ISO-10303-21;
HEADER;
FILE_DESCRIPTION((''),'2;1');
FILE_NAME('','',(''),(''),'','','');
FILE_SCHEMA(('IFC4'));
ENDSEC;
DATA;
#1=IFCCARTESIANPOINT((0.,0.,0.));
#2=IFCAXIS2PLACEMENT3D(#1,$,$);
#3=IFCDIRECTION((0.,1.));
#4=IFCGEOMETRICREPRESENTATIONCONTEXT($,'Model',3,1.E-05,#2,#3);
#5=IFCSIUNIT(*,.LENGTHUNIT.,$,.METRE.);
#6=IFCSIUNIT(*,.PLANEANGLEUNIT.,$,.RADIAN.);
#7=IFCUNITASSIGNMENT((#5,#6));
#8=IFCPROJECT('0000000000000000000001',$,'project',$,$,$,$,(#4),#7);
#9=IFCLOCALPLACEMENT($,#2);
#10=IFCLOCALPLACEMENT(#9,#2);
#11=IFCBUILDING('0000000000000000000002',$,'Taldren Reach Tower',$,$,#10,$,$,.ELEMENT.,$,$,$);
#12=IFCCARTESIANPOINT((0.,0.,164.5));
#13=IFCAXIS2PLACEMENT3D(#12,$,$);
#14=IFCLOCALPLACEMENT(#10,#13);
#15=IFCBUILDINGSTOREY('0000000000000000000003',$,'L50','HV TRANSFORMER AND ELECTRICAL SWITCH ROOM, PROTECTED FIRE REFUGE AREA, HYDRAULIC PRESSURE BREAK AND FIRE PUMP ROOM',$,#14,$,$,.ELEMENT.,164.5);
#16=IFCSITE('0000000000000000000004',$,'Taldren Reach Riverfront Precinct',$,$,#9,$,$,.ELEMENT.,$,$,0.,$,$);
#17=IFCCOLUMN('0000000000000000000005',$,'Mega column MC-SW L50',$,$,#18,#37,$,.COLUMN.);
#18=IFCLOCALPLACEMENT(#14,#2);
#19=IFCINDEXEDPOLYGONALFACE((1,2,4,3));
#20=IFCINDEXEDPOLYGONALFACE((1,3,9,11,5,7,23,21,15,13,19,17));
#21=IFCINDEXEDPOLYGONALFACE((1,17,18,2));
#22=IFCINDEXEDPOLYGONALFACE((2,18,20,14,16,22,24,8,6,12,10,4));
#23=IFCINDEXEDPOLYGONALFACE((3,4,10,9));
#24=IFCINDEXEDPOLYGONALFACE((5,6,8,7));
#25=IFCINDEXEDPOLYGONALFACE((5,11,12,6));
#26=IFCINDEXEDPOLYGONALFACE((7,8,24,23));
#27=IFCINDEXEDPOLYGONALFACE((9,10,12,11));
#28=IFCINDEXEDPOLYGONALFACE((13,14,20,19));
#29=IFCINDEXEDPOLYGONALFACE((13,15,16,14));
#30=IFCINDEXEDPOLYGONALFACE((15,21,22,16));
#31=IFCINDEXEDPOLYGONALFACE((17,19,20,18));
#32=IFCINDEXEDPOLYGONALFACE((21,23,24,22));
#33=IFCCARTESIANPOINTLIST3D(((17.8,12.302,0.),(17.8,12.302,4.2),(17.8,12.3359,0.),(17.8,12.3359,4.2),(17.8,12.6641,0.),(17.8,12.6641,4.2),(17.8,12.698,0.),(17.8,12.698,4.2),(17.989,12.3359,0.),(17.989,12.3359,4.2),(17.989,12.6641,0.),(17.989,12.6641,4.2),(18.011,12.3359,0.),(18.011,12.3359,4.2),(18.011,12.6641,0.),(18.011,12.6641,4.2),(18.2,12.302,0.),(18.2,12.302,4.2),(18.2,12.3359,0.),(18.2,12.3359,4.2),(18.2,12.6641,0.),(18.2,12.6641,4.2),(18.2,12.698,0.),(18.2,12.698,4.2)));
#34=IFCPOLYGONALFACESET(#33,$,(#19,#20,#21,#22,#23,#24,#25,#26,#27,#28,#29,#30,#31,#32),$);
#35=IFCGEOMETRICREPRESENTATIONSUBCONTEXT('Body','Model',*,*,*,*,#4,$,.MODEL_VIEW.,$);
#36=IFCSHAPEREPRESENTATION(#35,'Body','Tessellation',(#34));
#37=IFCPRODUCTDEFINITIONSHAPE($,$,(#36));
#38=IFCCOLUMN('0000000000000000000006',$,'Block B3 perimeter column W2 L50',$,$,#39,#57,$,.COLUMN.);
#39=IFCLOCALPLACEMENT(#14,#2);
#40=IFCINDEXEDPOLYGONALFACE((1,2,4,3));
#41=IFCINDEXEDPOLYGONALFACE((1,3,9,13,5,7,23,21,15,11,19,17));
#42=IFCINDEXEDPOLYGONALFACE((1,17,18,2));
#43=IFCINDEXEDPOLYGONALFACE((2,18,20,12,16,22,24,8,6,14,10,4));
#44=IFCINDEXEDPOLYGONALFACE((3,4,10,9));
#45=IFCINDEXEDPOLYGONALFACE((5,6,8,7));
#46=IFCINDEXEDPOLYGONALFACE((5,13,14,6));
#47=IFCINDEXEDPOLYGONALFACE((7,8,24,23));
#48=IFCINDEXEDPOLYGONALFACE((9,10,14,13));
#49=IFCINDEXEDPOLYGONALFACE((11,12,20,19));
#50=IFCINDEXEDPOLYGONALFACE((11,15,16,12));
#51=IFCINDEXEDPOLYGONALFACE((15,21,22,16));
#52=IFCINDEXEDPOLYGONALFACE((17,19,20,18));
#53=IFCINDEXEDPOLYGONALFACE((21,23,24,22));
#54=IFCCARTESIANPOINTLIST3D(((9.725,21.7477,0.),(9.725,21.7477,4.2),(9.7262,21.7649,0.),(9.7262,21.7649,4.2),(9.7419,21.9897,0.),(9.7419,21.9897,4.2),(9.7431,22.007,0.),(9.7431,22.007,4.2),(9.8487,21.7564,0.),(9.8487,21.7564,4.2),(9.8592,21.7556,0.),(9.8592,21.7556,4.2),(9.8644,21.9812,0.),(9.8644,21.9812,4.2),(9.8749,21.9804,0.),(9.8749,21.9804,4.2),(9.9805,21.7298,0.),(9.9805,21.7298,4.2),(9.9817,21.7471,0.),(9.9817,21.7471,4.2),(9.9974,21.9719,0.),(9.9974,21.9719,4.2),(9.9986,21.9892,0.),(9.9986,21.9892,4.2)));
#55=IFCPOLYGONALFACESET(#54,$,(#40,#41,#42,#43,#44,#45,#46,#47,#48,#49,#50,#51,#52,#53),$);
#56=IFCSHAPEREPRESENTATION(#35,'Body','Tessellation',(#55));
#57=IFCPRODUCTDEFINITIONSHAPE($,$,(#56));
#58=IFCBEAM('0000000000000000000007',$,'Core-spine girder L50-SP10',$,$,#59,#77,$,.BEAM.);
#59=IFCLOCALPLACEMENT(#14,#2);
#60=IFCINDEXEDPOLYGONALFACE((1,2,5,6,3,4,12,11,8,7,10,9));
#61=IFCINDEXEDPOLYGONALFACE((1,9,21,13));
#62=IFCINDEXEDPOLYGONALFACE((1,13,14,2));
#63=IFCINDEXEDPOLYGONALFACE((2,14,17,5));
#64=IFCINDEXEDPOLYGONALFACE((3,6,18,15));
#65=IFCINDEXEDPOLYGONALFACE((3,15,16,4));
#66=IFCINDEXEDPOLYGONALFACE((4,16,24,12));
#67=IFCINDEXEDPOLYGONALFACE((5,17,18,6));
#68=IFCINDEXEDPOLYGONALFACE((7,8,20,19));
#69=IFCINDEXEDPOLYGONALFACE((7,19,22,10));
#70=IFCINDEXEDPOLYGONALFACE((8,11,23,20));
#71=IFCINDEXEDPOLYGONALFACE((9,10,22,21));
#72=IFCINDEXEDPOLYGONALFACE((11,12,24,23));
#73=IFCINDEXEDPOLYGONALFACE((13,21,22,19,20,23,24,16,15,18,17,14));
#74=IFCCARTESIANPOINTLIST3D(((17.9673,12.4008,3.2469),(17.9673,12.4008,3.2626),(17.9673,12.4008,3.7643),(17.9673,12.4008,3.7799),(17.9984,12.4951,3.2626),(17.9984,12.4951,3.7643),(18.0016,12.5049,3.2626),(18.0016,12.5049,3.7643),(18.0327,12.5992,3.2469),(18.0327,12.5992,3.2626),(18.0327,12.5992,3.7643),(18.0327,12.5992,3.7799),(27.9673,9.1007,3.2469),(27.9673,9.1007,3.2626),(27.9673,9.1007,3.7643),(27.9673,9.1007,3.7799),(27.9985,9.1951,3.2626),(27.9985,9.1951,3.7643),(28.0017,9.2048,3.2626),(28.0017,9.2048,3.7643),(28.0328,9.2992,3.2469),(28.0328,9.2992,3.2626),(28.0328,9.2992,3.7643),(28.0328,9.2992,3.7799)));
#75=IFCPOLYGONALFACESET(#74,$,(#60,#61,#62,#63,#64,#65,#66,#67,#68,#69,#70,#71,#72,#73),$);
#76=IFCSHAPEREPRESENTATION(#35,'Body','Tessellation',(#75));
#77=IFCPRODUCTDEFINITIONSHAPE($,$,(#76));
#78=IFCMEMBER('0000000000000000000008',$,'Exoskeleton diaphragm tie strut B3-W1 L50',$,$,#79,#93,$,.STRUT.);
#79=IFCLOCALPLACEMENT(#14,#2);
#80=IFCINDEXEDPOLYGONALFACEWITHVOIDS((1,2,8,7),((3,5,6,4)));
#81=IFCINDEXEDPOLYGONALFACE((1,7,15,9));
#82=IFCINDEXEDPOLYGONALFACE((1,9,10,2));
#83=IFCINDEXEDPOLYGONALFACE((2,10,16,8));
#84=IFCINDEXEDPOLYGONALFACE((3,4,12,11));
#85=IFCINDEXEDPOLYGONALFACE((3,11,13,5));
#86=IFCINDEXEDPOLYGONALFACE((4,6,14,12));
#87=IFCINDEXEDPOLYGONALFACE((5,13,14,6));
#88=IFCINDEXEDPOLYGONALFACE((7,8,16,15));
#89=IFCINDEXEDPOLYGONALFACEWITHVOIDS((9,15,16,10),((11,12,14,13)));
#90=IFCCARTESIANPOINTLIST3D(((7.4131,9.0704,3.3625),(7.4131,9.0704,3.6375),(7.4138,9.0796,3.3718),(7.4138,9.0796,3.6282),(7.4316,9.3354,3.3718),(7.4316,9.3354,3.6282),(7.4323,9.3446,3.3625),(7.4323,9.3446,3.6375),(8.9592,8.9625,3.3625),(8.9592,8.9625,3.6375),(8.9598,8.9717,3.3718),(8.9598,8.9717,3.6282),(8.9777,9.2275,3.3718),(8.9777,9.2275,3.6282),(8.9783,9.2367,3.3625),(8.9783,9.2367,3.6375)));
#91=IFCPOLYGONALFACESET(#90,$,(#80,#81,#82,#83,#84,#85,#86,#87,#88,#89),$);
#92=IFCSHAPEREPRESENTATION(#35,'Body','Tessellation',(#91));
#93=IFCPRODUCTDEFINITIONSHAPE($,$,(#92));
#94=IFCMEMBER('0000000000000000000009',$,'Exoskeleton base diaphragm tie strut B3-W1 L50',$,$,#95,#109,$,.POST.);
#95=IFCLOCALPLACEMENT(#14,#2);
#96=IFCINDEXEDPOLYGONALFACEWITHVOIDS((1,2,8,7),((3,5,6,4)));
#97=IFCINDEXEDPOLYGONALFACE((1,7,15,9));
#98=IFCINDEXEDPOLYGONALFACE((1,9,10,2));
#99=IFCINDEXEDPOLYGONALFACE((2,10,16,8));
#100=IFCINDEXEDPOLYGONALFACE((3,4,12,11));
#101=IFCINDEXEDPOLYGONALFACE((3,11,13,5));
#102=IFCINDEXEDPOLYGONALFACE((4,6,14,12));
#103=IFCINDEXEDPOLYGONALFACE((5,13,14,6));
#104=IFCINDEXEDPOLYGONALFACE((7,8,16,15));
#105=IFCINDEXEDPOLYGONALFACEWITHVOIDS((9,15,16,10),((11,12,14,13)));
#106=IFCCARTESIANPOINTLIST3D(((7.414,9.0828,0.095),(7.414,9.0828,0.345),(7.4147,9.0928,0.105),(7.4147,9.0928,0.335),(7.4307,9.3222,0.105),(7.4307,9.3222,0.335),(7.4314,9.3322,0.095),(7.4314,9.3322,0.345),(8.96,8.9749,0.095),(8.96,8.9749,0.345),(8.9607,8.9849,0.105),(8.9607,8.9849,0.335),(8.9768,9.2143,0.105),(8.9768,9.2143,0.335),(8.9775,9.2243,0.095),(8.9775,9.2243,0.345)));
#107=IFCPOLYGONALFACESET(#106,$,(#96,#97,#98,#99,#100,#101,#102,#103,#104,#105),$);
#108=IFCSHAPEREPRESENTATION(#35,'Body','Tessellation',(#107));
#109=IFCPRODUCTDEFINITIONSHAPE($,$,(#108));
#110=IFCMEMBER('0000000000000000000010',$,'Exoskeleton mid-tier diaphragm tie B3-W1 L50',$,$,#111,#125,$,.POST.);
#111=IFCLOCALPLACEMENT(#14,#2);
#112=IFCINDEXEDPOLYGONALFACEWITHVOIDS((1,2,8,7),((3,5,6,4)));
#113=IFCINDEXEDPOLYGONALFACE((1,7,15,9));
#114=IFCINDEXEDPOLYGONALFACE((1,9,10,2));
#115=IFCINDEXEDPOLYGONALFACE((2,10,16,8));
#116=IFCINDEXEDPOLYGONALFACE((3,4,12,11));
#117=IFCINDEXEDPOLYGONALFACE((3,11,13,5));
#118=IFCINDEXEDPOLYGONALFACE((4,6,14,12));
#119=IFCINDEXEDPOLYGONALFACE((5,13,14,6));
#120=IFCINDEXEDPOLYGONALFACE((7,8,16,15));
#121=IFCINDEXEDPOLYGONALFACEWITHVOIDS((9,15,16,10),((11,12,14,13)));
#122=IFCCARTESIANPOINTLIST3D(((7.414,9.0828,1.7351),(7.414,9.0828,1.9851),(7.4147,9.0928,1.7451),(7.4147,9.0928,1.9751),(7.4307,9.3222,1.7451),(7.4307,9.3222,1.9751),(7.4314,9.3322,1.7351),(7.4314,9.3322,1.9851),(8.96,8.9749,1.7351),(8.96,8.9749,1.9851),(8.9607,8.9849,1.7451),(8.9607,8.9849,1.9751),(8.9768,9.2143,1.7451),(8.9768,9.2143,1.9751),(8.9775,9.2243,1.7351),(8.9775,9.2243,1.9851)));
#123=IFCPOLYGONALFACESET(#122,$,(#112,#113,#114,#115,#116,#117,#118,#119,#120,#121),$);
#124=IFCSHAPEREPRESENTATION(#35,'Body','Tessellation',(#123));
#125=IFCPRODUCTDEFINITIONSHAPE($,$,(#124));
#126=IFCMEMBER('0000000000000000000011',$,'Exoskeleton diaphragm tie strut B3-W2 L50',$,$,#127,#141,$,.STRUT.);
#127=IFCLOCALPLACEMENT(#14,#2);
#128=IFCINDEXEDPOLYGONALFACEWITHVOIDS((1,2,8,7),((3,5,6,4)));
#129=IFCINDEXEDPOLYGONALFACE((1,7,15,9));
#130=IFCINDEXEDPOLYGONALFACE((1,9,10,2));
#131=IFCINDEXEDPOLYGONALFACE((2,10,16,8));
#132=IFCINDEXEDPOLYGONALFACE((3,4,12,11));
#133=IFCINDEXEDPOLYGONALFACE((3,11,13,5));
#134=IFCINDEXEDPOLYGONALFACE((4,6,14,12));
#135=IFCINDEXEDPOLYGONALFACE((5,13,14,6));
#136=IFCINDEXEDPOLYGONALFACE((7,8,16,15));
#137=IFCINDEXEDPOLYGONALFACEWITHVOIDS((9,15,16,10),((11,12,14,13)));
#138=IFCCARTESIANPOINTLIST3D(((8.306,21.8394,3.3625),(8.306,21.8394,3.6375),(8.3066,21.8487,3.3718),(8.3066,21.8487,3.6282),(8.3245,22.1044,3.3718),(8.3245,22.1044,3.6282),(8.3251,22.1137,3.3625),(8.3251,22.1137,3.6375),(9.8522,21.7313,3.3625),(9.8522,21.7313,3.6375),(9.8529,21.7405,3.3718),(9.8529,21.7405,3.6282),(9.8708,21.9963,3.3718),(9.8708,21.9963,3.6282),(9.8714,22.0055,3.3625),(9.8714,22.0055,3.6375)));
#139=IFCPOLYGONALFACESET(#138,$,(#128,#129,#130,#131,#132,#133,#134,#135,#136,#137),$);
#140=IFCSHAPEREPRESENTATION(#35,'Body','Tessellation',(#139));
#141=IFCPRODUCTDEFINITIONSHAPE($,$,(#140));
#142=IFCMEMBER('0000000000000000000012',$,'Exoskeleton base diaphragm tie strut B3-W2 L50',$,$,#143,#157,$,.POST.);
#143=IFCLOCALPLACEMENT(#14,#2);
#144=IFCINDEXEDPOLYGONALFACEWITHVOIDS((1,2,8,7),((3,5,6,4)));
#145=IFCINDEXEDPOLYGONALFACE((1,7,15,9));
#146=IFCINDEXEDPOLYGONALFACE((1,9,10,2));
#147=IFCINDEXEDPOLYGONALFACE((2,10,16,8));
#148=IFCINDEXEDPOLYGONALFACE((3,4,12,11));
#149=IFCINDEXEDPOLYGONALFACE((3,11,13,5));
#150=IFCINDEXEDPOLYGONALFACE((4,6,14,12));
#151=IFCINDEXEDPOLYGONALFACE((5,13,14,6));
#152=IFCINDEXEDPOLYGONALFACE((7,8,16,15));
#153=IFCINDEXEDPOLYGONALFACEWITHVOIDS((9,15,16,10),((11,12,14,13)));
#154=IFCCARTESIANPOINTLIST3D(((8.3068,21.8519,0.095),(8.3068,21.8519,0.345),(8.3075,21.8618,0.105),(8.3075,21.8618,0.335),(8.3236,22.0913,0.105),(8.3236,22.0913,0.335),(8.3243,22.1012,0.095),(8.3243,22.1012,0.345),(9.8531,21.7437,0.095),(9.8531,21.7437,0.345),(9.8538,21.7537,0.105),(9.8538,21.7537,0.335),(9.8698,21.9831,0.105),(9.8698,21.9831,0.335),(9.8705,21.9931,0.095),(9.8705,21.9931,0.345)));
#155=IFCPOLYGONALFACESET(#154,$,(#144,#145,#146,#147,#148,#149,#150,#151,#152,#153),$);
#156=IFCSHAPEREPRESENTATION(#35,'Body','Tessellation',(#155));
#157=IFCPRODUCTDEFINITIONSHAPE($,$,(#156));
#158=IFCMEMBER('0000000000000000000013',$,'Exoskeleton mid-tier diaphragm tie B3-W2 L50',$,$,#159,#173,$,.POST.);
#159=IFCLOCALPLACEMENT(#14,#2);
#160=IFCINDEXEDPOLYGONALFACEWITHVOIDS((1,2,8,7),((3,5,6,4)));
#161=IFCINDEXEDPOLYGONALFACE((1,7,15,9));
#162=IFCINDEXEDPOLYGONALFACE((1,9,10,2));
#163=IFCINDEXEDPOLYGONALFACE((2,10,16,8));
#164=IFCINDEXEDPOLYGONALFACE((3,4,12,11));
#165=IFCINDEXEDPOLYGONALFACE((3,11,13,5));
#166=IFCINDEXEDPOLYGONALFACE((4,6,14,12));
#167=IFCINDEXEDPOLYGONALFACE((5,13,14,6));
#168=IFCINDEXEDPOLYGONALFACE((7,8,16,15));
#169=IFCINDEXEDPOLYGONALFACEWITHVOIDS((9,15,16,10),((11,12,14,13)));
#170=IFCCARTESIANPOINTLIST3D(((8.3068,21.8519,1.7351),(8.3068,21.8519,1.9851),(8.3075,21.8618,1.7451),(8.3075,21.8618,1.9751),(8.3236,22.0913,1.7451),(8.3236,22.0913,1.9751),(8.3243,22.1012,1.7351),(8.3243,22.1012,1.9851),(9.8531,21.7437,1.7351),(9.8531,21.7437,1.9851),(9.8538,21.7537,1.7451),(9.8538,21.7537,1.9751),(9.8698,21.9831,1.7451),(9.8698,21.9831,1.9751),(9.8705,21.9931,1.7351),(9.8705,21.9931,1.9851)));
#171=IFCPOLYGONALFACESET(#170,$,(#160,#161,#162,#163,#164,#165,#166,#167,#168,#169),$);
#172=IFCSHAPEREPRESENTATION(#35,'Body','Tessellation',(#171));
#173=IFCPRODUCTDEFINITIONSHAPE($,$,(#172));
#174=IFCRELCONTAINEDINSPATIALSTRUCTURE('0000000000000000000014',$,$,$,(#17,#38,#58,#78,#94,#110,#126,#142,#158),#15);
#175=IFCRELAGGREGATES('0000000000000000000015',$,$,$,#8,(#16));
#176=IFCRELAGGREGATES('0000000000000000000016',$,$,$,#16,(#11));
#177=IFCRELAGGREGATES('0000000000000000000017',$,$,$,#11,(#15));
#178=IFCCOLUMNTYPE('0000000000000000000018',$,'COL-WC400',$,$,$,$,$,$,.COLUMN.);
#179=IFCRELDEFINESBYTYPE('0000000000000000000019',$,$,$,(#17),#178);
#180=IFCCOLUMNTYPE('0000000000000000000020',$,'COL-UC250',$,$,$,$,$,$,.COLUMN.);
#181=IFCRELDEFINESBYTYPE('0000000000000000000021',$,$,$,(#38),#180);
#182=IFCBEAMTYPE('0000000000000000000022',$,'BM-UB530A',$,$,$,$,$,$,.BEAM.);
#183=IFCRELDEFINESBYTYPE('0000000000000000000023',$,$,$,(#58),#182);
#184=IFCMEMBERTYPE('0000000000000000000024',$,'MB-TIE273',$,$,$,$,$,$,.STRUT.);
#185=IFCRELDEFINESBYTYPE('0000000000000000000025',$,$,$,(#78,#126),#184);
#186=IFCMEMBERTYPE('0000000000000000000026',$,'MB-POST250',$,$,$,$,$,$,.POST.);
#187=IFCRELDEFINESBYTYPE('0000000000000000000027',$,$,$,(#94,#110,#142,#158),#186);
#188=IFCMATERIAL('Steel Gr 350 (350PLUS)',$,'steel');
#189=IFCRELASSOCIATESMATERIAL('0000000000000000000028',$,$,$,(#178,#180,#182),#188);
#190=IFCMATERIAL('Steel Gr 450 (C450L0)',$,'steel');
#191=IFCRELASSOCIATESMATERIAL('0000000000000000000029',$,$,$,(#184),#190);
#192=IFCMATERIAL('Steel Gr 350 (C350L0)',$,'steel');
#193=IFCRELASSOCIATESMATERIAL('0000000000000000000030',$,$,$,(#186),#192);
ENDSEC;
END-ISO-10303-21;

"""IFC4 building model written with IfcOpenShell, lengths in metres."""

from ifc_helpers import new_model, si_unit, direction, frame, origin, origin_2d, place, context, subcontext, project, spatial, hollow_rectangle, i_section, extrude, source, transform, mapped, material, material_profile, profile_set, type_object, element, save


model = new_model("IFC4")

# Units and contexts
model_context = context("Model", 3, precision=1e-05, world=origin(), true_north=direction((0.0, 1.0)))
body_context = subcontext(model_context, "Body", "Model", "MODEL_VIEW")
ifc_project = project(units=[si_unit("LENGTHUNIT", "METRE"), si_unit("PLANEANGLEUNIT", "RADIAN")], contexts=[model_context])

# Site, building, storey
site_placement = place(None, origin())
site = spatial("IfcSite", under=ifc_project, at=site_placement, Name="Taldren Reach Riverfront Precinct", CompositionType="ELEMENT", RefElevation=0.0)
building_placement = place(site_placement, origin())
building = spatial("IfcBuilding", under=site, at=building_placement, Name="Taldren Reach Tower", CompositionType="ELEMENT")
storey_placement = place(building_placement, frame((0.0, 0.0, 164.5)))
storey = spatial("IfcBuildingStorey", under=building, at=storey_placement, Name="L50", Description="HV TRANSFORMER AND ELECTRICAL SWITCH ROOM, PROTECTED FIRE REFUGE AREA, HYDRAULIC PRESSURE BREAK AND FIRE PUMP ROOM", CompositionType="ELEMENT", Elevation=164.5)

# Columns
ifc_material_1 = material(Name="Steel Gr 350 (350PLUS)", Category="steel")
ifc_material_profile_1 = material_profile(ifc_material_1, i_section(OverallWidth=0.3999, OverallDepth=0.396, WebThickness=0.022, FlangeThickness=0.0339, at=origin_2d()), Name="400WC270")
ifc_profile_set_1 = profile_set([ifc_material_profile_1], Name="Steel Gr 350 (350PLUS)")
column_type_1 = type_object("IfcColumnType", Name="COL-WC400", PredefinedType="COLUMN", material=ifc_profile_set_1)
shared_shape_1 = source(origin(), body_context, "Body", "SweptSolid", [
    extrude(i_section(OverallWidth=0.3999, OverallDepth=0.396, WebThickness=0.022, FlangeThickness=0.0339, at=origin_2d()), origin(), (0.0, 0.0, 1.0), 4.2),
])
column_1_placement = place(storey_placement, frame((18.0, 12.5, 0.0), z_axis=(0.0, 0.0, 1.0), x_axis=(1.0, 0.0, 0.0)))
element("IfcColumn", 1, at=column_1_placement, inside=storey, type_object=column_type_1, Name="Mega column MC-SW L50", PredefinedType="COLUMN", context=body_context, shape_type="MappedRepresentation", body=[
    mapped(shared_shape_1, transform((0.0, 0.0, 0.0), scale=1.0)),
])
ifc_material_profile_2 = material_profile(ifc_material_1, i_section(OverallWidth=0.2561, OverallDepth=0.26, WebThickness=0.0105, FlangeThickness=0.0173, at=origin_2d()), Name="250UC89.5")
ifc_profile_set_2 = profile_set([ifc_material_profile_2], Name="Steel Gr 350 (350PLUS)")
column_type_2 = type_object("IfcColumnType", Name="COL-UC250", PredefinedType="COLUMN", material=ifc_profile_set_2)
shared_shape_2 = source(origin(), body_context, "Body", "SweptSolid", [
    extrude(i_section(OverallWidth=0.2561, OverallDepth=0.26, WebThickness=0.0105, FlangeThickness=0.0173, at=origin_2d()), origin(), (0.0, 0.0, 1.0), 4.2),
])
column_2_placement = place(storey_placement, frame((9.8618, 21.8684, 0.0), z_axis=(0.0, 0.0, 1.0), x_axis=(0.997564, -0.069756, 0.0)))
element("IfcColumn", 2, at=column_2_placement, inside=storey, type_object=column_type_2, Name="Block B3 perimeter column W2 L50", PredefinedType="COLUMN", context=body_context, shape_type="MappedRepresentation", body=[
    mapped(shared_shape_2, transform((0.0, 0.0, 0.0), scale=1.0)),
])

# Beam
ifc_material_profile_3 = material_profile(ifc_material_1, i_section(OverallWidth=0.209, OverallDepth=0.533, WebThickness=0.0103, FlangeThickness=0.0156, at=origin_2d()), Name="530UB92.4")
ifc_profile_set_3 = profile_set([ifc_material_profile_3], Name="Steel Gr 350 (350PLUS)")
beam_type_1 = type_object("IfcBeamType", Name="BM-UB530A", PredefinedType="BEAM", material=ifc_profile_set_3)
shared_shape_3 = source(origin(), body_context, "Body", "SweptSolid", [
    extrude(i_section(OverallWidth=0.209, OverallDepth=0.533, WebThickness=0.0103, FlangeThickness=0.0156, at=origin_2d()), origin(), (0.0, 0.0, 1.0), 10.5305),
])
beam_1_placement = place(storey_placement, frame((18.0, 12.5, 3.5134), z_axis=(0.949627, -0.313382, 0.0), x_axis=(0.313382, 0.949627, 0.0)))
element("IfcBeam", 3, at=beam_1_placement, inside=storey, type_object=beam_type_1, Name="Core-spine girder L50-SP10", PredefinedType="BEAM", context=body_context, shape_type="MappedRepresentation", body=[
    mapped(shared_shape_3, transform((0.0, 0.0, 0.0), scale=1.0)),
])

# Members
ifc_material_2 = material(Name="Steel Gr 450 (C450L0)", Category="steel")
ifc_material_profile_4 = material_profile(ifc_material_2, hollow_rectangle(XDim=0.2749, YDim=0.2749, WallThickness=0.0093, at=origin_2d()), Name="275x275x9.3SHS")
ifc_profile_set_4 = profile_set([ifc_material_profile_4], Name="Steel Gr 450 (C450L0)")
member_type_1 = type_object("IfcMemberType", Name="MB-TIE273", PredefinedType="STRUT", material=ifc_profile_set_4)
shared_shape_4 = source(origin(), body_context, "Body", "SweptSolid", [
    extrude(hollow_rectangle(XDim=0.2749, YDim=0.2749, WallThickness=0.0093, at=origin_2d()), origin(), (0.0, 0.0, 1.0), 1.5498),
])
member_1_placement = place(storey_placement, frame((8.9688, 9.0996, 3.5), z_axis=(-0.997573, 0.069624, 0.0), x_axis=(-0.069624, -0.997573, 0.0)))
element("IfcMember", 4, at=member_1_placement, inside=storey, type_object=member_type_1, Name="Exoskeleton diaphragm tie strut B3-W1 L50", PredefinedType="STRUT", context=body_context, shape_type="MappedRepresentation", body=[
    mapped(shared_shape_4, transform((0.0, 0.0, 0.0), scale=1.0)),
])
ifc_material_3 = material(Name="Steel Gr 350 (C350L0)", Category="steel")
ifc_material_profile_5 = material_profile(ifc_material_3, hollow_rectangle(XDim=0.25, YDim=0.25, WallThickness=0.01, at=origin_2d()), Name="250x250x10.0SHS")
ifc_profile_set_5 = profile_set([ifc_material_profile_5], Name="Steel Gr 350 (C350L0)")
member_type_2 = type_object("IfcMemberType", Name="MB-POST250", PredefinedType="POST", material=ifc_profile_set_5)
shared_shape_5 = source(origin(), body_context, "Body", "SweptSolid", [
    extrude(hollow_rectangle(XDim=0.25, YDim=0.25, WallThickness=0.01, at=origin_2d()), origin(), (0.0, 0.0, 1.0), 1.5498),
])
for number, where, z_axis, x_axis, name in (
    (5, (8.9688, 9.0996, 0.22), (-0.997573, 0.069624, 0.0), (-0.069624, -0.997573, 0.0), "Exoskeleton base diaphragm tie strut B3-W1 L50"),
    (6, (8.9688, 9.0996, 1.8601), (-0.997573, 0.069624, 0.0), (-0.069624, -0.997573, 0.0), "Exoskeleton mid-tier diaphragm tie B3-W1 L50"),
):
    element("IfcMember", number, at=place(storey_placement, frame(where, z_axis=z_axis, x_axis=x_axis)), inside=storey, type_object=member_type_2, Name=name, PredefinedType="POST", context=body_context, shape_type="MappedRepresentation", body=[
        mapped(shared_shape_5, transform((0.0, 0.0, 0.0), scale=1.0)),
    ])
shared_shape_6 = source(origin(), body_context, "Body", "SweptSolid", [
    extrude(hollow_rectangle(XDim=0.2749, YDim=0.2749, WallThickness=0.0093, at=origin_2d()), origin(), (0.0, 0.0, 1.0), 1.55),
])
member_2_placement = place(storey_placement, frame((9.8618, 21.8684, 3.5), z_axis=(-0.997563, 0.06977, 0.0), x_axis=(-0.06977, -0.997563, 0.0)))
element("IfcMember", 7, at=member_2_placement, inside=storey, type_object=member_type_1, Name="Exoskeleton diaphragm tie strut B3-W2 L50", PredefinedType="STRUT", context=body_context, shape_type="MappedRepresentation", body=[
    mapped(shared_shape_6, transform((0.0, 0.0, 0.0), scale=1.0)),
])
shared_shape_7 = source(origin(), body_context, "Body", "SweptSolid", [
    extrude(hollow_rectangle(XDim=0.25, YDim=0.25, WallThickness=0.01, at=origin_2d()), origin(), (0.0, 0.0, 1.0), 1.55),
])
for number, where, z_axis, x_axis, name in (
    (8, (9.8618, 21.8684, 0.22), (-0.997563, 0.06977, 0.0), (-0.06977, -0.997563, 0.0), "Exoskeleton base diaphragm tie strut B3-W2 L50"),
    (9, (9.8618, 21.8684, 1.8601), (-0.997563, 0.06977, 0.0), (-0.06977, -0.997563, 0.0), "Exoskeleton mid-tier diaphragm tie B3-W2 L50"),
):
    element("IfcMember", number, at=place(storey_placement, frame(where, z_axis=z_axis, x_axis=x_axis)), inside=storey, type_object=member_type_2, Name=name, PredefinedType="POST", context=body_context, shape_type="MappedRepresentation", body=[
        mapped(shared_shape_7, transform((0.0, 0.0, 0.0), scale=1.0)),
    ])

save(model, "model.ifc")
